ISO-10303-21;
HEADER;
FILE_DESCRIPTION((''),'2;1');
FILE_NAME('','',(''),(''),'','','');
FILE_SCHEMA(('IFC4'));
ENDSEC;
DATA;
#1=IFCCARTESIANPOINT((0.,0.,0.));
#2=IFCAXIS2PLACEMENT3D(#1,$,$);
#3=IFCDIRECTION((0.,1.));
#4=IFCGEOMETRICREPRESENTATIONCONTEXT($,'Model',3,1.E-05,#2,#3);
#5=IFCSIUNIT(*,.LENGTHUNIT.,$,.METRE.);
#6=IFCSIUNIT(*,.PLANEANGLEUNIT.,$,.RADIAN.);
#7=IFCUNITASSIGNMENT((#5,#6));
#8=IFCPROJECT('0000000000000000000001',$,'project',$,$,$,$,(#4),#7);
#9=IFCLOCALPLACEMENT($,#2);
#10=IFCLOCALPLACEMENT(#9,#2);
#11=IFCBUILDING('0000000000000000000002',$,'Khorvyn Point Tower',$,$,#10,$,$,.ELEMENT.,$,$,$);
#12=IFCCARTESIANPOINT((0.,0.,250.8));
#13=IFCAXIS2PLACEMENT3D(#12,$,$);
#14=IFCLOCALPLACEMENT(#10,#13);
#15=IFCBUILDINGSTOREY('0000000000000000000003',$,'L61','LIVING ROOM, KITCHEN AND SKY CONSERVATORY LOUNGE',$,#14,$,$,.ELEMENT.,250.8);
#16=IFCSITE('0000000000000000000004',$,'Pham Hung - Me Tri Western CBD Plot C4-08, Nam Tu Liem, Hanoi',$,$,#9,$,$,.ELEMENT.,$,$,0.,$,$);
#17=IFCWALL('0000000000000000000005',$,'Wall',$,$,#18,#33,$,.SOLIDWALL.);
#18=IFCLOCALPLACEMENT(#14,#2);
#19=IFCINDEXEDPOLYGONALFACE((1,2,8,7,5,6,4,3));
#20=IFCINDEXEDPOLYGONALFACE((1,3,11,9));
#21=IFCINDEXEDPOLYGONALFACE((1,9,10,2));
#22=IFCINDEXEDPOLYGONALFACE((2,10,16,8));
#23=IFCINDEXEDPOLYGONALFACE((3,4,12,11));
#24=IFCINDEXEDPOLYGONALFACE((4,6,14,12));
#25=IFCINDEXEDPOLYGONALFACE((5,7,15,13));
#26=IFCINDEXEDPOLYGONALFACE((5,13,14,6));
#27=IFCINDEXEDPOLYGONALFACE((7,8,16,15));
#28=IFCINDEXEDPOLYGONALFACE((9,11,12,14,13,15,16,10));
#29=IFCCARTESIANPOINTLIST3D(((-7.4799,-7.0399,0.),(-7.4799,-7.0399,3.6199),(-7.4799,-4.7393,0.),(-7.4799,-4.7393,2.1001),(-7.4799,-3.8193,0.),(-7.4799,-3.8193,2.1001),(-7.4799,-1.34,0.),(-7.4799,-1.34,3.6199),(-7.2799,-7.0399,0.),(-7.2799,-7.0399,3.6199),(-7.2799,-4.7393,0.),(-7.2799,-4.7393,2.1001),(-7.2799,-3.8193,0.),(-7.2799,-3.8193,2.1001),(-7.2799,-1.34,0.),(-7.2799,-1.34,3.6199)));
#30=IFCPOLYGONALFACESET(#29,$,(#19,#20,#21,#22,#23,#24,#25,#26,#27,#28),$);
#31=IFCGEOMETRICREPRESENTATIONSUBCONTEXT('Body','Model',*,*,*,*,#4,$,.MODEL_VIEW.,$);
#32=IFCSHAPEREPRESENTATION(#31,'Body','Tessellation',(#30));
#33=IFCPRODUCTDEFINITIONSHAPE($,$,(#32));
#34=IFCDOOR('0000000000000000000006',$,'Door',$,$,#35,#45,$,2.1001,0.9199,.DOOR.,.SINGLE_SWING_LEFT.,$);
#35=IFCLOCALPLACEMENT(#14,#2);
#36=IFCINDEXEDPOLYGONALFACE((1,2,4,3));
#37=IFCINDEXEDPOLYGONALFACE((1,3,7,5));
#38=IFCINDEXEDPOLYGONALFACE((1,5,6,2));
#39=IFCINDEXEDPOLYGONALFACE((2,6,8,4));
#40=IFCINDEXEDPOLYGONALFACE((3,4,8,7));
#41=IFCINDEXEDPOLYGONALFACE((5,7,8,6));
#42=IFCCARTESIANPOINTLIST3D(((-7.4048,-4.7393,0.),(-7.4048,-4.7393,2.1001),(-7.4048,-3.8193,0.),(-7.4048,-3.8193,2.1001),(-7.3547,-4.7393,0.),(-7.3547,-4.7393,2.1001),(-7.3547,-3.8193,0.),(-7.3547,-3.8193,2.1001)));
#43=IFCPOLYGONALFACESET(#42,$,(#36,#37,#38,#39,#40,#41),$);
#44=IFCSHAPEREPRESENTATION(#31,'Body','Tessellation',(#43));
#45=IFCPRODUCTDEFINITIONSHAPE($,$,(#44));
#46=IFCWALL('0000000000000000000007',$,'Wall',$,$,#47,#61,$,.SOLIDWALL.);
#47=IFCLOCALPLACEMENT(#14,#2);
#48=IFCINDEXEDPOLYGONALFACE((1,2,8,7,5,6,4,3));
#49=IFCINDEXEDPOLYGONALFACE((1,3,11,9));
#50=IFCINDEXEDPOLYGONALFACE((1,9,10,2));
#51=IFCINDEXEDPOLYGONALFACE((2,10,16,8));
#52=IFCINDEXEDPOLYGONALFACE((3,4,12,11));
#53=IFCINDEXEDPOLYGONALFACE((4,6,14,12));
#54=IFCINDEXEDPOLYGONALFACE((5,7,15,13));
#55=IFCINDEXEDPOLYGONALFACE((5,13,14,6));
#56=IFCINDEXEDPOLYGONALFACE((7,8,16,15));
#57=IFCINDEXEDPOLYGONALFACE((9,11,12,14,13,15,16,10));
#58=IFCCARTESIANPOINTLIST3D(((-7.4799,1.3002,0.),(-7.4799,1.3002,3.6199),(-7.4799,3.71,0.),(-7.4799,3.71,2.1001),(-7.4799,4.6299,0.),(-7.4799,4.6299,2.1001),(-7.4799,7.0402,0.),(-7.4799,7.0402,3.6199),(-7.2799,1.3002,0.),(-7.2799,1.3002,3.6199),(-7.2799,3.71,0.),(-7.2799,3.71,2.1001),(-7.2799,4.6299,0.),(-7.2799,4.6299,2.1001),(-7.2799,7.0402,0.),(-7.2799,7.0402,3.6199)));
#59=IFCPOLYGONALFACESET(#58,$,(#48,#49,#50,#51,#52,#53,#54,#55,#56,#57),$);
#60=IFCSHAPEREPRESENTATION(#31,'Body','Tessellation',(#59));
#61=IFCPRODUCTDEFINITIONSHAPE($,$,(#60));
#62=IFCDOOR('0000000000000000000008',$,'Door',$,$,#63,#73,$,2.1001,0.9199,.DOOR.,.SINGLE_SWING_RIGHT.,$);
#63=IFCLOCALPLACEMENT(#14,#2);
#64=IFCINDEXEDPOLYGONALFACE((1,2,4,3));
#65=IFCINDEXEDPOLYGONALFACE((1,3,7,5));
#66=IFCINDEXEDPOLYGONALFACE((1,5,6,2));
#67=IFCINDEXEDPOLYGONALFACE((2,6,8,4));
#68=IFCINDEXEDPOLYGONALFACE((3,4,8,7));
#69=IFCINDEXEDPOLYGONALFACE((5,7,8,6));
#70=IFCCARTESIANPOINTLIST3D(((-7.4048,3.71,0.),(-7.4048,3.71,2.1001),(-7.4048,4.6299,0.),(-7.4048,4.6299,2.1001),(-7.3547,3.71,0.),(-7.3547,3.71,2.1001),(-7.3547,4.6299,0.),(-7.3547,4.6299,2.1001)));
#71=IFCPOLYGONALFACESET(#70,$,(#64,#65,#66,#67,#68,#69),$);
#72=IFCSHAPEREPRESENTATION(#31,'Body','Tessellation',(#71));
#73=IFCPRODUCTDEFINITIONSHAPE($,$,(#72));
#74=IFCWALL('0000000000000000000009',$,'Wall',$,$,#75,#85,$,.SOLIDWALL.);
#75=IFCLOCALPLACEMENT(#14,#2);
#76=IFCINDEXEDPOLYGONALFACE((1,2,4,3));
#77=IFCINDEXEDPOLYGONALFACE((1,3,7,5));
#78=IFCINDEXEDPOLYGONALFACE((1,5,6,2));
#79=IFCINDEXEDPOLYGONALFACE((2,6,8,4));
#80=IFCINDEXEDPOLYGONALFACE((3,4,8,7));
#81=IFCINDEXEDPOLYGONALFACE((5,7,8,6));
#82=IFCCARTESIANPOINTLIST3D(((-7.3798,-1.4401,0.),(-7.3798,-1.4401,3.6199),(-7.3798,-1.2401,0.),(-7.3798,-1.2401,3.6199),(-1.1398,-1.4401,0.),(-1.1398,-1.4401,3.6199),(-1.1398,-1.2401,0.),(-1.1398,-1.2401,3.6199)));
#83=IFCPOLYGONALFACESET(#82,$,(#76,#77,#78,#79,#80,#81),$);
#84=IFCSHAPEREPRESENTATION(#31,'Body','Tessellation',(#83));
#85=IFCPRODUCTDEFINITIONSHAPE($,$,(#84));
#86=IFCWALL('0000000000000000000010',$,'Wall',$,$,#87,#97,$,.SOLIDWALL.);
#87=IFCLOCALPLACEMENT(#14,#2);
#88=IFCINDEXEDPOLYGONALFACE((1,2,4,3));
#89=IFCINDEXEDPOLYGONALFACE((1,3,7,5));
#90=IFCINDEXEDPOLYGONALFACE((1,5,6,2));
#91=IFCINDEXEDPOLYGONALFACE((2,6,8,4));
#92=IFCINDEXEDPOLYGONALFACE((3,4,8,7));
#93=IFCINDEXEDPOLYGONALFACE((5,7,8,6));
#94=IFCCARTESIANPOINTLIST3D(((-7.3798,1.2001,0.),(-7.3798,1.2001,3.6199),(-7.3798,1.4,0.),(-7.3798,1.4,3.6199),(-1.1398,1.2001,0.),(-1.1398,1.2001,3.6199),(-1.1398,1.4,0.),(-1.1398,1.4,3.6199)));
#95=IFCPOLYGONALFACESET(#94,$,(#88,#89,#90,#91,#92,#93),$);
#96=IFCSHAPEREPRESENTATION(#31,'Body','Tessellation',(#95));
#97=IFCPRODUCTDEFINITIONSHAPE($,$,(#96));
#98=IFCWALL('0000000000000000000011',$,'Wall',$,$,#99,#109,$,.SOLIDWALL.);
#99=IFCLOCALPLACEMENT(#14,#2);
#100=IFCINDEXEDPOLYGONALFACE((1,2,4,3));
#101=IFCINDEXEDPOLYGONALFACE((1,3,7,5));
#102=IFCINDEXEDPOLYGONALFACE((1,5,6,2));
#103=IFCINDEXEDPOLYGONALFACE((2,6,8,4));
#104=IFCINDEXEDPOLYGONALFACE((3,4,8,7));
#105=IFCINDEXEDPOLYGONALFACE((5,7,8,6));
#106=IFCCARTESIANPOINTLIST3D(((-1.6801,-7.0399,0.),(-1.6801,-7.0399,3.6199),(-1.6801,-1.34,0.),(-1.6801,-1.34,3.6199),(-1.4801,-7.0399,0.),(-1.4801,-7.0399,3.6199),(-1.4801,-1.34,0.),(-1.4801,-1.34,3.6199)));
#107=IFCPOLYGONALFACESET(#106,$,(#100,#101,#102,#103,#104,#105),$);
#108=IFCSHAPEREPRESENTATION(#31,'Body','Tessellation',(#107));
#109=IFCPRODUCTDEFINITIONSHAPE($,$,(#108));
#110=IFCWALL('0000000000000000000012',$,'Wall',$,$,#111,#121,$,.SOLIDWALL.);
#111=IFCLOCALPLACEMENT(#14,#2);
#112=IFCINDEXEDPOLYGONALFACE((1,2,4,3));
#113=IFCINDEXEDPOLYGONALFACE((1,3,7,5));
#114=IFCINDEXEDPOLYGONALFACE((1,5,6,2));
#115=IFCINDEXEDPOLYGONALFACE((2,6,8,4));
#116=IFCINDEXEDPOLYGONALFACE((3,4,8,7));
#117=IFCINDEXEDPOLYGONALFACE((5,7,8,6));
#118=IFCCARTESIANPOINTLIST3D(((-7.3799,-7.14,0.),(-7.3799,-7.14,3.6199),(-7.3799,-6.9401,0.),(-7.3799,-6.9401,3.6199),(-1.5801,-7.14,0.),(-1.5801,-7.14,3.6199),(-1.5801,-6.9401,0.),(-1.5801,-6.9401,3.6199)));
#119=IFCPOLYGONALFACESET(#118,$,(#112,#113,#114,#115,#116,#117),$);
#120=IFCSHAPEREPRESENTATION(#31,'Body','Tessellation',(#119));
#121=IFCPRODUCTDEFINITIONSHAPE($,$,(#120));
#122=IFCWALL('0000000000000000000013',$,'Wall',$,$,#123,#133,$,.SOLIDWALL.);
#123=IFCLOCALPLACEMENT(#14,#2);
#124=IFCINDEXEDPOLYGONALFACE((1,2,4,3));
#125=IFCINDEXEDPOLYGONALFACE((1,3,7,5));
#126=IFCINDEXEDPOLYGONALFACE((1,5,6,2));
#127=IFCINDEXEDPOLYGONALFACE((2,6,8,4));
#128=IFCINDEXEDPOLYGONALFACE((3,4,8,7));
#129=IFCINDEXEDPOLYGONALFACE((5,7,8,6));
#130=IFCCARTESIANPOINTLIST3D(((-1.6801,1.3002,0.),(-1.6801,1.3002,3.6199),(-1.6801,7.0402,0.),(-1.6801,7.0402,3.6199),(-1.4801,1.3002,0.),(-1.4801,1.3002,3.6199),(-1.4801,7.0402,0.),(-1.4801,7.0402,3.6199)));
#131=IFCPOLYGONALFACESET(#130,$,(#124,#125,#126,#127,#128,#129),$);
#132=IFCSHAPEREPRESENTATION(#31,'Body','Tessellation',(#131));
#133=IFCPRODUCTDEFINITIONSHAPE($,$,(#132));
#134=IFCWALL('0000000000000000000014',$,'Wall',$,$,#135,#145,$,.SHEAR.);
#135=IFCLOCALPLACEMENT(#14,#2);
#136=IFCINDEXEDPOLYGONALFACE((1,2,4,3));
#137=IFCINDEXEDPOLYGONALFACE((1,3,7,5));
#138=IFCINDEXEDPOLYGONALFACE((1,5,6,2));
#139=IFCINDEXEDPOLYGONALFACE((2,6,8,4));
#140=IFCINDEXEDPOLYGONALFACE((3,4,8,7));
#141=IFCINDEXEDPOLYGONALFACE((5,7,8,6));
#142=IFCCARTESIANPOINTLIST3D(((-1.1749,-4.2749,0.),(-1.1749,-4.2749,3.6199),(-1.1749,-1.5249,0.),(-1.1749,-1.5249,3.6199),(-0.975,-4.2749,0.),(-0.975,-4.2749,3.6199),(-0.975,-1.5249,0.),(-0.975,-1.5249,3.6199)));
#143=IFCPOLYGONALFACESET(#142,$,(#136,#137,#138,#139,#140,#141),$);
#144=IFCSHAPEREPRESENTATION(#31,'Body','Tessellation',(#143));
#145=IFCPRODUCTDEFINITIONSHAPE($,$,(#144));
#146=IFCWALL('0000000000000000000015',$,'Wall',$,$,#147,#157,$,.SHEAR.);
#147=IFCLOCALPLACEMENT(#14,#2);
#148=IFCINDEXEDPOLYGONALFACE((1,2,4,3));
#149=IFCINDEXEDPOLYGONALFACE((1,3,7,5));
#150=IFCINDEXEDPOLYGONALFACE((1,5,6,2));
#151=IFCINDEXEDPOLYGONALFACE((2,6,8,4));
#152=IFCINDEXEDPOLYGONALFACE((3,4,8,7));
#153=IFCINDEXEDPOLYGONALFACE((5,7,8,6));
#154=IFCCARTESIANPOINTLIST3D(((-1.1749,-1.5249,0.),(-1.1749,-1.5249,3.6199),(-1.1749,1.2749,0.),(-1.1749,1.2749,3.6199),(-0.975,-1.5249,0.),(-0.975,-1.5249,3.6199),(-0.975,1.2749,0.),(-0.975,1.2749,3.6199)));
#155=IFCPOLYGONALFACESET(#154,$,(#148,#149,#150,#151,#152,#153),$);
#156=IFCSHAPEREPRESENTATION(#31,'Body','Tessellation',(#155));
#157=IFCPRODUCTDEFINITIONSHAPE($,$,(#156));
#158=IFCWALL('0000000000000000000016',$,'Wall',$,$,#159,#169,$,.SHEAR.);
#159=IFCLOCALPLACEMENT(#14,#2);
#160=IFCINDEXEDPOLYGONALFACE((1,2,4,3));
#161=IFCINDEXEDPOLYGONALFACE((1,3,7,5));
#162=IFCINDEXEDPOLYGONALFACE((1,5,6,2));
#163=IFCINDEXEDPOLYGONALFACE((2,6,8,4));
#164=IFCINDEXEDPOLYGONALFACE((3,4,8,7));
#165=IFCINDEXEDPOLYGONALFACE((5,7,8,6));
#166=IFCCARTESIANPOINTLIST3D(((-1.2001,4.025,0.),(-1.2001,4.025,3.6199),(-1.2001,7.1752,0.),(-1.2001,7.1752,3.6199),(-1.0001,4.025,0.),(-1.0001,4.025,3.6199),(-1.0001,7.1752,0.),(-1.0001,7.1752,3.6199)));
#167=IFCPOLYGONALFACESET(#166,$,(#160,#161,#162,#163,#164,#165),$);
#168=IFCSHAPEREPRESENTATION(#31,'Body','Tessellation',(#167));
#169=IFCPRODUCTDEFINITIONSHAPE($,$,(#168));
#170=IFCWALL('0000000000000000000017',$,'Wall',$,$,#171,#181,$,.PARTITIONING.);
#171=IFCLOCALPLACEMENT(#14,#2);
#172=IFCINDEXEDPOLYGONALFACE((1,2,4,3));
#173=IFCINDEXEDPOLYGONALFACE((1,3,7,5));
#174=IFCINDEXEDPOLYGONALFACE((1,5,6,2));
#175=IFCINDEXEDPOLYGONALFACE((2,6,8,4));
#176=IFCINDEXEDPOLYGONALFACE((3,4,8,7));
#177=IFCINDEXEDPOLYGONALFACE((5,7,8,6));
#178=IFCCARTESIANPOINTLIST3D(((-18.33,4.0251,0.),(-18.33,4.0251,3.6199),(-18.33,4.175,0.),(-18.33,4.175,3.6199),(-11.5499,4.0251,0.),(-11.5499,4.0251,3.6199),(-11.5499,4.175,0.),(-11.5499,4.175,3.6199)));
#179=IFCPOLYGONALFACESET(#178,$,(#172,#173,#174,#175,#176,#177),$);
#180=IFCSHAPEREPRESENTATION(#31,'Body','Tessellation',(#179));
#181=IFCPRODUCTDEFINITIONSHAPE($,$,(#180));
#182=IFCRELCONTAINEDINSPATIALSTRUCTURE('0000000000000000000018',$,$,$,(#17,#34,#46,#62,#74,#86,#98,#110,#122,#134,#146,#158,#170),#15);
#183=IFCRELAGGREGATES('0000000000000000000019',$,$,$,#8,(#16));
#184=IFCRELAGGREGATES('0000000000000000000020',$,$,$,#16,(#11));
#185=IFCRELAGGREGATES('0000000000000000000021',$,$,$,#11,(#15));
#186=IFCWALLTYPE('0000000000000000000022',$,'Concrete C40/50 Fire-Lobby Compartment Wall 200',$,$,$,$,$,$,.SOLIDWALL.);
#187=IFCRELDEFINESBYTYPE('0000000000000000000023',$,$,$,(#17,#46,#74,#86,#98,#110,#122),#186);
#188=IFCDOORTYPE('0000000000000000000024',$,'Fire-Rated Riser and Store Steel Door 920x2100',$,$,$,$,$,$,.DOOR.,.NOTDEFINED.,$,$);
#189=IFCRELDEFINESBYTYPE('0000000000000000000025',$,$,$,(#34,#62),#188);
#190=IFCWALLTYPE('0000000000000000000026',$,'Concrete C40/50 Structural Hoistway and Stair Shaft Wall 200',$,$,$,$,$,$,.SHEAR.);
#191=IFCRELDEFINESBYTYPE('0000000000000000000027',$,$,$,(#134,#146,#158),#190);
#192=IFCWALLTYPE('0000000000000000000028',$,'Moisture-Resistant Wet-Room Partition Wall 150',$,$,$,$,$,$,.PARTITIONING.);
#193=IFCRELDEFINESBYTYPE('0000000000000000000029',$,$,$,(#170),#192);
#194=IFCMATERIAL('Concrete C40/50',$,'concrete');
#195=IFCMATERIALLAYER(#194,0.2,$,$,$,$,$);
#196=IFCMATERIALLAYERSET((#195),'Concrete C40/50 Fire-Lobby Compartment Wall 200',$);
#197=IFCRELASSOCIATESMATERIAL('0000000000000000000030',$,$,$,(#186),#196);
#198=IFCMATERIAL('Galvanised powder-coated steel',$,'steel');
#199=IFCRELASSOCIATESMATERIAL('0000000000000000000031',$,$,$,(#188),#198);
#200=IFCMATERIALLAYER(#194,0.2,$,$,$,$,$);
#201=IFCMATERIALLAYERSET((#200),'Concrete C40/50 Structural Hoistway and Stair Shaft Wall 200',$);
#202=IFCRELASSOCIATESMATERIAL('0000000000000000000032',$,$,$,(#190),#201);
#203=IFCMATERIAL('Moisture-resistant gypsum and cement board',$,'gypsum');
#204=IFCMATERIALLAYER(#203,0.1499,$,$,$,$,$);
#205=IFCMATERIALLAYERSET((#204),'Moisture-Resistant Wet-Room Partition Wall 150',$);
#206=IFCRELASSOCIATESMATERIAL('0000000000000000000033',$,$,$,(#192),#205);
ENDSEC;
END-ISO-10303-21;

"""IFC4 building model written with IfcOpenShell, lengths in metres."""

from ifc_helpers import new_model, si_unit, direction, frame, frame_2d, origin, place, context, subcontext, project, spatial, rectangle, extrude, material, layer, layer_set, type_object, element, fill, save


model = new_model("IFC4")

# Units and contexts
model_context = context("Model", 3, precision=1e-05, world=origin(), true_north=direction((0.0, 1.0)))
body_context = subcontext(model_context, "Body", "Model", "MODEL_VIEW")
ifc_project = project(units=[si_unit("LENGTHUNIT", "METRE"), si_unit("PLANEANGLEUNIT", "RADIAN")], contexts=[model_context])

# Site, building, storey
site_placement = place(None, origin())
site = spatial("IfcSite", under=ifc_project, at=site_placement, Name="Pham Hung - Me Tri Western CBD Plot C4-08, Nam Tu Liem, Hanoi", CompositionType="ELEMENT", RefElevation=0.0)
building_placement = place(site_placement, origin())
building = spatial("IfcBuilding", under=site, at=building_placement, Name="Khorvyn Point Tower", CompositionType="ELEMENT")
storey_placement = place(building_placement, frame((0.0, 0.0, 250.8)))
storey = spatial("IfcBuildingStorey", under=building, at=storey_placement, Name="L61", Description="LIVING ROOM, KITCHEN AND SKY CONSERVATORY LOUNGE", CompositionType="ELEMENT", Elevation=250.8)

# Shared definitions
ifc_material_1 = material(Name="Concrete C40/50", Category="concrete")

# Walls, openings, doors
ifc_layer_1 = layer(ifc_material_1, 0.2)
ifc_layer_set_1 = layer_set([ifc_layer_1], Name="Concrete C40/50 Fire-Lobby Compartment Wall 200")
wall_type_1 = type_object("IfcWallType", Name="Concrete C40/50 Fire-Lobby Compartment Wall 200", PredefinedType="SOLIDWALL", material=ifc_layer_set_1)
wall_1_placement = place(storey_placement, frame((-7.3799, -7.04, 0.0), z_axis=(0.0, 0.0, 1.0), x_axis=(0.0, 1.0, 0.0)))
wall_1 = element("IfcWall", 1, at=wall_1_placement, inside=storey, type_object=wall_type_1, Name="Wall", PredefinedType="SOLIDWALL", context=body_context, shape_type="SweptSolid", body=[
    extrude(rectangle(XDim=5.7, YDim=0.2, at=frame_2d((2.8501, 0.0))), origin(), (0.0, 0.0, 1.0), 3.6199),
])
opening_1_placement = place(wall_1_placement, frame((2.3008, 0.0, 0.0)))
opening_1 = element("IfcOpeningElement", 2, at=opening_1_placement, cuts=wall_1, PredefinedType="OPENING", context=body_context, shape_type="SweptSolid", body=[
    extrude(rectangle(XDim=0.9199, YDim=2.1001, at=frame_2d((0.46, 1.05))), frame((0.0, 0.1099, 0.0), z_axis=(0.0, -1.0, 0.0), x_axis=(1.0, 0.0, 0.0)), (0.0, 0.0, 1.0), 0.22),
])
ifc_material_2 = material(Name="Galvanised powder-coated steel", Category="steel")
door_type_1 = type_object("IfcDoorType", Name="Fire-Rated Riser and Store Steel Door 920x2100", OperationType="NOTDEFINED", PredefinedType="DOOR", material=ifc_material_2)
door_1_placement = place(opening_1_placement, origin())
door_1 = element("IfcDoor", 3, at=door_1_placement, inside=storey, type_object=door_type_1, Name="Door", OperationType="SINGLE_SWING_LEFT", OverallHeight=2.1001, OverallWidth=0.9199, PredefinedType="DOOR", context=body_context, shape_type="SweptSolid", body=[
    extrude(rectangle(XDim=0.9199, YDim=2.1001, at=frame_2d((0.46, 1.05))), frame((0.0, 0.0249, 0.0), z_axis=(0.0, -1.0, 0.0), x_axis=(1.0, 0.0, 0.0)), (0.0, 0.0, 1.0), 0.05),
])
fill(opening_1, door_1)
wall_2_placement = place(storey_placement, frame((-7.3799, 1.3, 0.0), z_axis=(0.0, 0.0, 1.0), x_axis=(0.0, 1.0, 0.0)))
wall_2 = element("IfcWall", 4, at=wall_2_placement, inside=storey, type_object=wall_type_1, Name="Wall", PredefinedType="SOLIDWALL", context=body_context, shape_type="SweptSolid", body=[
    extrude(rectangle(XDim=5.74, YDim=0.2, at=frame_2d((2.8701, 0.0))), origin(), (0.0, 0.0, 1.0), 3.6199),
])
opening_2_placement = place(wall_2_placement, frame((2.4099, 0.0, 0.0)))
opening_2 = element("IfcOpeningElement", 5, at=opening_2_placement, cuts=wall_2, PredefinedType="OPENING", context=body_context, shape_type="SweptSolid", body=[
    extrude(rectangle(XDim=0.9199, YDim=2.1001, at=frame_2d((0.46, 1.05))), frame((0.0, 0.1099, 0.0), z_axis=(0.0, -1.0, 0.0), x_axis=(1.0, 0.0, 0.0)), (0.0, 0.0, 1.0), 0.22),
])
door_2_placement = place(opening_2_placement, origin())
door_2 = element("IfcDoor", 6, at=door_2_placement, inside=storey, type_object=door_type_1, Name="Door", OperationType="SINGLE_SWING_RIGHT", OverallHeight=2.1001, OverallWidth=0.9199, PredefinedType="DOOR", context=body_context, shape_type="SweptSolid", body=[
    extrude(rectangle(XDim=0.9199, YDim=2.1001, at=frame_2d((0.46, 1.05))), frame((0.0, 0.0249, 0.0), z_axis=(0.0, -1.0, 0.0), x_axis=(1.0, 0.0, 0.0)), (0.0, 0.0, 1.0), 0.05),
])
fill(opening_2, door_2)

# Walls
for number, where, z_axis, x_axis, name in (
    (7, (-7.3799, -1.3401, 0.0), (0.0, 0.0, 1.0), (1.0, 0.0, 0.0), "Wall"),
    (8, (-7.3799, 1.3, 0.0), (0.0, 0.0, 1.0), (1.0, 0.0, 0.0), "Wall"),
):
    element("IfcWall", number, at=place(storey_placement, frame(where, z_axis=z_axis, x_axis=x_axis)), inside=storey, type_object=wall_type_1, Name=name, PredefinedType="SOLIDWALL", context=body_context, shape_type="SweptSolid", body=[
        extrude(rectangle(XDim=6.24, YDim=0.2, at=frame_2d((3.1201, 0.0))), origin(), (0.0, 0.0, 1.0), 3.6199),
    ])
wall_3_placement = place(storey_placement, frame((-1.5801, -7.04, 0.0), z_axis=(0.0, 0.0, 1.0), x_axis=(0.0, 1.0, 0.0)))
element("IfcWall", 9, at=wall_3_placement, inside=storey, type_object=wall_type_1, Name="Wall", PredefinedType="SOLIDWALL", context=body_context, shape_type="SweptSolid", body=[
    extrude(rectangle(XDim=5.7, YDim=0.2, at=frame_2d((2.8501, 0.0))), origin(), (0.0, 0.0, 1.0), 3.6199),
])
wall_4_placement = place(storey_placement, frame((-7.3799, -7.04, 0.0), z_axis=(0.0, 0.0, 1.0), x_axis=(1.0, 0.0, 0.0)))
element("IfcWall", 10, at=wall_4_placement, inside=storey, type_object=wall_type_1, Name="Wall", PredefinedType="SOLIDWALL", context=body_context, shape_type="SweptSolid", body=[
    extrude(rectangle(XDim=5.7998, YDim=0.2, at=frame_2d((2.8999, 0.0))), origin(), (0.0, 0.0, 1.0), 3.6199),
])
wall_5_placement = place(storey_placement, frame((-1.5801, 1.3, 0.0), z_axis=(0.0, 0.0, 1.0), x_axis=(0.0, 1.0, 0.0)))
element("IfcWall", 11, at=wall_5_placement, inside=storey, type_object=wall_type_1, Name="Wall", PredefinedType="SOLIDWALL", context=body_context, shape_type="SweptSolid", body=[
    extrude(rectangle(XDim=5.74, YDim=0.2, at=frame_2d((2.8701, 0.0))), origin(), (0.0, 0.0, 1.0), 3.6199),
])
ifc_layer_2 = layer(ifc_material_1, 0.2)
ifc_layer_set_2 = layer_set([ifc_layer_2], Name="Concrete C40/50 Structural Hoistway and Stair Shaft Wall 200")
wall_type_2 = type_object("IfcWallType", Name="Concrete C40/50 Structural Hoistway and Stair Shaft Wall 200", PredefinedType="SHEAR", material=ifc_layer_set_2)
wall_6_placement = place(storey_placement, frame((-1.075, -4.2749, 0.0), z_axis=(0.0, 0.0, 1.0), x_axis=(0.0, 1.0, 0.0)))
element("IfcWall", 12, at=wall_6_placement, inside=storey, type_object=wall_type_2, Name="Wall", PredefinedType="SHEAR", context=body_context, shape_type="SweptSolid", body=[
    extrude(rectangle(XDim=2.75, YDim=0.2, at=frame_2d((1.375, 0.0))), origin(), (0.0, 0.0, 1.0), 3.6199),
])
wall_7_placement = place(storey_placement, frame((-1.075, -1.5249, 0.0), z_axis=(0.0, 0.0, 1.0), x_axis=(0.0, 1.0, 0.0)))
element("IfcWall", 13, at=wall_7_placement, inside=storey, type_object=wall_type_2, Name="Wall", PredefinedType="SHEAR", context=body_context, shape_type="SweptSolid", body=[
    extrude(rectangle(XDim=2.7998, YDim=0.2, at=frame_2d((1.3999, 0.0))), origin(), (0.0, 0.0, 1.0), 3.6199),
])
wall_8_placement = place(storey_placement, frame((-1.1001, 4.0249, 0.0), z_axis=(0.0, 0.0, 1.0), x_axis=(0.0, 1.0, 0.0)))
element("IfcWall", 14, at=wall_8_placement, inside=storey, type_object=wall_type_2, Name="Wall", PredefinedType="SHEAR", context=body_context, shape_type="SweptSolid", body=[
    extrude(rectangle(XDim=3.1501, YDim=0.2, at=frame_2d((1.5752, 0.0))), origin(), (0.0, 0.0, 1.0), 3.6199),
])
ifc_material_3 = material(Name="Moisture-resistant gypsum and cement board", Category="gypsum")
ifc_layer_3 = layer(ifc_material_3, 0.1499)
ifc_layer_set_3 = layer_set([ifc_layer_3], Name="Moisture-Resistant Wet-Room Partition Wall 150")
wall_type_3 = type_object("IfcWallType", Name="Moisture-Resistant Wet-Room Partition Wall 150", PredefinedType="PARTITIONING", material=ifc_layer_set_3)
wall_9_placement = place(storey_placement, frame((-18.3301, 4.1001, 0.0), z_axis=(0.0, 0.0, 1.0), x_axis=(1.0, 0.0, 0.0)))
element("IfcWall", 15, at=wall_9_placement, inside=storey, type_object=wall_type_3, Name="Wall", PredefinedType="PARTITIONING", context=body_context, shape_type="SweptSolid", body=[
    extrude(rectangle(XDim=6.78, YDim=0.1499, at=frame_2d((3.3901, 0.0))), origin(), (0.0, 0.0, 1.0), 3.6199),
])

save(model, "model.ifc")
